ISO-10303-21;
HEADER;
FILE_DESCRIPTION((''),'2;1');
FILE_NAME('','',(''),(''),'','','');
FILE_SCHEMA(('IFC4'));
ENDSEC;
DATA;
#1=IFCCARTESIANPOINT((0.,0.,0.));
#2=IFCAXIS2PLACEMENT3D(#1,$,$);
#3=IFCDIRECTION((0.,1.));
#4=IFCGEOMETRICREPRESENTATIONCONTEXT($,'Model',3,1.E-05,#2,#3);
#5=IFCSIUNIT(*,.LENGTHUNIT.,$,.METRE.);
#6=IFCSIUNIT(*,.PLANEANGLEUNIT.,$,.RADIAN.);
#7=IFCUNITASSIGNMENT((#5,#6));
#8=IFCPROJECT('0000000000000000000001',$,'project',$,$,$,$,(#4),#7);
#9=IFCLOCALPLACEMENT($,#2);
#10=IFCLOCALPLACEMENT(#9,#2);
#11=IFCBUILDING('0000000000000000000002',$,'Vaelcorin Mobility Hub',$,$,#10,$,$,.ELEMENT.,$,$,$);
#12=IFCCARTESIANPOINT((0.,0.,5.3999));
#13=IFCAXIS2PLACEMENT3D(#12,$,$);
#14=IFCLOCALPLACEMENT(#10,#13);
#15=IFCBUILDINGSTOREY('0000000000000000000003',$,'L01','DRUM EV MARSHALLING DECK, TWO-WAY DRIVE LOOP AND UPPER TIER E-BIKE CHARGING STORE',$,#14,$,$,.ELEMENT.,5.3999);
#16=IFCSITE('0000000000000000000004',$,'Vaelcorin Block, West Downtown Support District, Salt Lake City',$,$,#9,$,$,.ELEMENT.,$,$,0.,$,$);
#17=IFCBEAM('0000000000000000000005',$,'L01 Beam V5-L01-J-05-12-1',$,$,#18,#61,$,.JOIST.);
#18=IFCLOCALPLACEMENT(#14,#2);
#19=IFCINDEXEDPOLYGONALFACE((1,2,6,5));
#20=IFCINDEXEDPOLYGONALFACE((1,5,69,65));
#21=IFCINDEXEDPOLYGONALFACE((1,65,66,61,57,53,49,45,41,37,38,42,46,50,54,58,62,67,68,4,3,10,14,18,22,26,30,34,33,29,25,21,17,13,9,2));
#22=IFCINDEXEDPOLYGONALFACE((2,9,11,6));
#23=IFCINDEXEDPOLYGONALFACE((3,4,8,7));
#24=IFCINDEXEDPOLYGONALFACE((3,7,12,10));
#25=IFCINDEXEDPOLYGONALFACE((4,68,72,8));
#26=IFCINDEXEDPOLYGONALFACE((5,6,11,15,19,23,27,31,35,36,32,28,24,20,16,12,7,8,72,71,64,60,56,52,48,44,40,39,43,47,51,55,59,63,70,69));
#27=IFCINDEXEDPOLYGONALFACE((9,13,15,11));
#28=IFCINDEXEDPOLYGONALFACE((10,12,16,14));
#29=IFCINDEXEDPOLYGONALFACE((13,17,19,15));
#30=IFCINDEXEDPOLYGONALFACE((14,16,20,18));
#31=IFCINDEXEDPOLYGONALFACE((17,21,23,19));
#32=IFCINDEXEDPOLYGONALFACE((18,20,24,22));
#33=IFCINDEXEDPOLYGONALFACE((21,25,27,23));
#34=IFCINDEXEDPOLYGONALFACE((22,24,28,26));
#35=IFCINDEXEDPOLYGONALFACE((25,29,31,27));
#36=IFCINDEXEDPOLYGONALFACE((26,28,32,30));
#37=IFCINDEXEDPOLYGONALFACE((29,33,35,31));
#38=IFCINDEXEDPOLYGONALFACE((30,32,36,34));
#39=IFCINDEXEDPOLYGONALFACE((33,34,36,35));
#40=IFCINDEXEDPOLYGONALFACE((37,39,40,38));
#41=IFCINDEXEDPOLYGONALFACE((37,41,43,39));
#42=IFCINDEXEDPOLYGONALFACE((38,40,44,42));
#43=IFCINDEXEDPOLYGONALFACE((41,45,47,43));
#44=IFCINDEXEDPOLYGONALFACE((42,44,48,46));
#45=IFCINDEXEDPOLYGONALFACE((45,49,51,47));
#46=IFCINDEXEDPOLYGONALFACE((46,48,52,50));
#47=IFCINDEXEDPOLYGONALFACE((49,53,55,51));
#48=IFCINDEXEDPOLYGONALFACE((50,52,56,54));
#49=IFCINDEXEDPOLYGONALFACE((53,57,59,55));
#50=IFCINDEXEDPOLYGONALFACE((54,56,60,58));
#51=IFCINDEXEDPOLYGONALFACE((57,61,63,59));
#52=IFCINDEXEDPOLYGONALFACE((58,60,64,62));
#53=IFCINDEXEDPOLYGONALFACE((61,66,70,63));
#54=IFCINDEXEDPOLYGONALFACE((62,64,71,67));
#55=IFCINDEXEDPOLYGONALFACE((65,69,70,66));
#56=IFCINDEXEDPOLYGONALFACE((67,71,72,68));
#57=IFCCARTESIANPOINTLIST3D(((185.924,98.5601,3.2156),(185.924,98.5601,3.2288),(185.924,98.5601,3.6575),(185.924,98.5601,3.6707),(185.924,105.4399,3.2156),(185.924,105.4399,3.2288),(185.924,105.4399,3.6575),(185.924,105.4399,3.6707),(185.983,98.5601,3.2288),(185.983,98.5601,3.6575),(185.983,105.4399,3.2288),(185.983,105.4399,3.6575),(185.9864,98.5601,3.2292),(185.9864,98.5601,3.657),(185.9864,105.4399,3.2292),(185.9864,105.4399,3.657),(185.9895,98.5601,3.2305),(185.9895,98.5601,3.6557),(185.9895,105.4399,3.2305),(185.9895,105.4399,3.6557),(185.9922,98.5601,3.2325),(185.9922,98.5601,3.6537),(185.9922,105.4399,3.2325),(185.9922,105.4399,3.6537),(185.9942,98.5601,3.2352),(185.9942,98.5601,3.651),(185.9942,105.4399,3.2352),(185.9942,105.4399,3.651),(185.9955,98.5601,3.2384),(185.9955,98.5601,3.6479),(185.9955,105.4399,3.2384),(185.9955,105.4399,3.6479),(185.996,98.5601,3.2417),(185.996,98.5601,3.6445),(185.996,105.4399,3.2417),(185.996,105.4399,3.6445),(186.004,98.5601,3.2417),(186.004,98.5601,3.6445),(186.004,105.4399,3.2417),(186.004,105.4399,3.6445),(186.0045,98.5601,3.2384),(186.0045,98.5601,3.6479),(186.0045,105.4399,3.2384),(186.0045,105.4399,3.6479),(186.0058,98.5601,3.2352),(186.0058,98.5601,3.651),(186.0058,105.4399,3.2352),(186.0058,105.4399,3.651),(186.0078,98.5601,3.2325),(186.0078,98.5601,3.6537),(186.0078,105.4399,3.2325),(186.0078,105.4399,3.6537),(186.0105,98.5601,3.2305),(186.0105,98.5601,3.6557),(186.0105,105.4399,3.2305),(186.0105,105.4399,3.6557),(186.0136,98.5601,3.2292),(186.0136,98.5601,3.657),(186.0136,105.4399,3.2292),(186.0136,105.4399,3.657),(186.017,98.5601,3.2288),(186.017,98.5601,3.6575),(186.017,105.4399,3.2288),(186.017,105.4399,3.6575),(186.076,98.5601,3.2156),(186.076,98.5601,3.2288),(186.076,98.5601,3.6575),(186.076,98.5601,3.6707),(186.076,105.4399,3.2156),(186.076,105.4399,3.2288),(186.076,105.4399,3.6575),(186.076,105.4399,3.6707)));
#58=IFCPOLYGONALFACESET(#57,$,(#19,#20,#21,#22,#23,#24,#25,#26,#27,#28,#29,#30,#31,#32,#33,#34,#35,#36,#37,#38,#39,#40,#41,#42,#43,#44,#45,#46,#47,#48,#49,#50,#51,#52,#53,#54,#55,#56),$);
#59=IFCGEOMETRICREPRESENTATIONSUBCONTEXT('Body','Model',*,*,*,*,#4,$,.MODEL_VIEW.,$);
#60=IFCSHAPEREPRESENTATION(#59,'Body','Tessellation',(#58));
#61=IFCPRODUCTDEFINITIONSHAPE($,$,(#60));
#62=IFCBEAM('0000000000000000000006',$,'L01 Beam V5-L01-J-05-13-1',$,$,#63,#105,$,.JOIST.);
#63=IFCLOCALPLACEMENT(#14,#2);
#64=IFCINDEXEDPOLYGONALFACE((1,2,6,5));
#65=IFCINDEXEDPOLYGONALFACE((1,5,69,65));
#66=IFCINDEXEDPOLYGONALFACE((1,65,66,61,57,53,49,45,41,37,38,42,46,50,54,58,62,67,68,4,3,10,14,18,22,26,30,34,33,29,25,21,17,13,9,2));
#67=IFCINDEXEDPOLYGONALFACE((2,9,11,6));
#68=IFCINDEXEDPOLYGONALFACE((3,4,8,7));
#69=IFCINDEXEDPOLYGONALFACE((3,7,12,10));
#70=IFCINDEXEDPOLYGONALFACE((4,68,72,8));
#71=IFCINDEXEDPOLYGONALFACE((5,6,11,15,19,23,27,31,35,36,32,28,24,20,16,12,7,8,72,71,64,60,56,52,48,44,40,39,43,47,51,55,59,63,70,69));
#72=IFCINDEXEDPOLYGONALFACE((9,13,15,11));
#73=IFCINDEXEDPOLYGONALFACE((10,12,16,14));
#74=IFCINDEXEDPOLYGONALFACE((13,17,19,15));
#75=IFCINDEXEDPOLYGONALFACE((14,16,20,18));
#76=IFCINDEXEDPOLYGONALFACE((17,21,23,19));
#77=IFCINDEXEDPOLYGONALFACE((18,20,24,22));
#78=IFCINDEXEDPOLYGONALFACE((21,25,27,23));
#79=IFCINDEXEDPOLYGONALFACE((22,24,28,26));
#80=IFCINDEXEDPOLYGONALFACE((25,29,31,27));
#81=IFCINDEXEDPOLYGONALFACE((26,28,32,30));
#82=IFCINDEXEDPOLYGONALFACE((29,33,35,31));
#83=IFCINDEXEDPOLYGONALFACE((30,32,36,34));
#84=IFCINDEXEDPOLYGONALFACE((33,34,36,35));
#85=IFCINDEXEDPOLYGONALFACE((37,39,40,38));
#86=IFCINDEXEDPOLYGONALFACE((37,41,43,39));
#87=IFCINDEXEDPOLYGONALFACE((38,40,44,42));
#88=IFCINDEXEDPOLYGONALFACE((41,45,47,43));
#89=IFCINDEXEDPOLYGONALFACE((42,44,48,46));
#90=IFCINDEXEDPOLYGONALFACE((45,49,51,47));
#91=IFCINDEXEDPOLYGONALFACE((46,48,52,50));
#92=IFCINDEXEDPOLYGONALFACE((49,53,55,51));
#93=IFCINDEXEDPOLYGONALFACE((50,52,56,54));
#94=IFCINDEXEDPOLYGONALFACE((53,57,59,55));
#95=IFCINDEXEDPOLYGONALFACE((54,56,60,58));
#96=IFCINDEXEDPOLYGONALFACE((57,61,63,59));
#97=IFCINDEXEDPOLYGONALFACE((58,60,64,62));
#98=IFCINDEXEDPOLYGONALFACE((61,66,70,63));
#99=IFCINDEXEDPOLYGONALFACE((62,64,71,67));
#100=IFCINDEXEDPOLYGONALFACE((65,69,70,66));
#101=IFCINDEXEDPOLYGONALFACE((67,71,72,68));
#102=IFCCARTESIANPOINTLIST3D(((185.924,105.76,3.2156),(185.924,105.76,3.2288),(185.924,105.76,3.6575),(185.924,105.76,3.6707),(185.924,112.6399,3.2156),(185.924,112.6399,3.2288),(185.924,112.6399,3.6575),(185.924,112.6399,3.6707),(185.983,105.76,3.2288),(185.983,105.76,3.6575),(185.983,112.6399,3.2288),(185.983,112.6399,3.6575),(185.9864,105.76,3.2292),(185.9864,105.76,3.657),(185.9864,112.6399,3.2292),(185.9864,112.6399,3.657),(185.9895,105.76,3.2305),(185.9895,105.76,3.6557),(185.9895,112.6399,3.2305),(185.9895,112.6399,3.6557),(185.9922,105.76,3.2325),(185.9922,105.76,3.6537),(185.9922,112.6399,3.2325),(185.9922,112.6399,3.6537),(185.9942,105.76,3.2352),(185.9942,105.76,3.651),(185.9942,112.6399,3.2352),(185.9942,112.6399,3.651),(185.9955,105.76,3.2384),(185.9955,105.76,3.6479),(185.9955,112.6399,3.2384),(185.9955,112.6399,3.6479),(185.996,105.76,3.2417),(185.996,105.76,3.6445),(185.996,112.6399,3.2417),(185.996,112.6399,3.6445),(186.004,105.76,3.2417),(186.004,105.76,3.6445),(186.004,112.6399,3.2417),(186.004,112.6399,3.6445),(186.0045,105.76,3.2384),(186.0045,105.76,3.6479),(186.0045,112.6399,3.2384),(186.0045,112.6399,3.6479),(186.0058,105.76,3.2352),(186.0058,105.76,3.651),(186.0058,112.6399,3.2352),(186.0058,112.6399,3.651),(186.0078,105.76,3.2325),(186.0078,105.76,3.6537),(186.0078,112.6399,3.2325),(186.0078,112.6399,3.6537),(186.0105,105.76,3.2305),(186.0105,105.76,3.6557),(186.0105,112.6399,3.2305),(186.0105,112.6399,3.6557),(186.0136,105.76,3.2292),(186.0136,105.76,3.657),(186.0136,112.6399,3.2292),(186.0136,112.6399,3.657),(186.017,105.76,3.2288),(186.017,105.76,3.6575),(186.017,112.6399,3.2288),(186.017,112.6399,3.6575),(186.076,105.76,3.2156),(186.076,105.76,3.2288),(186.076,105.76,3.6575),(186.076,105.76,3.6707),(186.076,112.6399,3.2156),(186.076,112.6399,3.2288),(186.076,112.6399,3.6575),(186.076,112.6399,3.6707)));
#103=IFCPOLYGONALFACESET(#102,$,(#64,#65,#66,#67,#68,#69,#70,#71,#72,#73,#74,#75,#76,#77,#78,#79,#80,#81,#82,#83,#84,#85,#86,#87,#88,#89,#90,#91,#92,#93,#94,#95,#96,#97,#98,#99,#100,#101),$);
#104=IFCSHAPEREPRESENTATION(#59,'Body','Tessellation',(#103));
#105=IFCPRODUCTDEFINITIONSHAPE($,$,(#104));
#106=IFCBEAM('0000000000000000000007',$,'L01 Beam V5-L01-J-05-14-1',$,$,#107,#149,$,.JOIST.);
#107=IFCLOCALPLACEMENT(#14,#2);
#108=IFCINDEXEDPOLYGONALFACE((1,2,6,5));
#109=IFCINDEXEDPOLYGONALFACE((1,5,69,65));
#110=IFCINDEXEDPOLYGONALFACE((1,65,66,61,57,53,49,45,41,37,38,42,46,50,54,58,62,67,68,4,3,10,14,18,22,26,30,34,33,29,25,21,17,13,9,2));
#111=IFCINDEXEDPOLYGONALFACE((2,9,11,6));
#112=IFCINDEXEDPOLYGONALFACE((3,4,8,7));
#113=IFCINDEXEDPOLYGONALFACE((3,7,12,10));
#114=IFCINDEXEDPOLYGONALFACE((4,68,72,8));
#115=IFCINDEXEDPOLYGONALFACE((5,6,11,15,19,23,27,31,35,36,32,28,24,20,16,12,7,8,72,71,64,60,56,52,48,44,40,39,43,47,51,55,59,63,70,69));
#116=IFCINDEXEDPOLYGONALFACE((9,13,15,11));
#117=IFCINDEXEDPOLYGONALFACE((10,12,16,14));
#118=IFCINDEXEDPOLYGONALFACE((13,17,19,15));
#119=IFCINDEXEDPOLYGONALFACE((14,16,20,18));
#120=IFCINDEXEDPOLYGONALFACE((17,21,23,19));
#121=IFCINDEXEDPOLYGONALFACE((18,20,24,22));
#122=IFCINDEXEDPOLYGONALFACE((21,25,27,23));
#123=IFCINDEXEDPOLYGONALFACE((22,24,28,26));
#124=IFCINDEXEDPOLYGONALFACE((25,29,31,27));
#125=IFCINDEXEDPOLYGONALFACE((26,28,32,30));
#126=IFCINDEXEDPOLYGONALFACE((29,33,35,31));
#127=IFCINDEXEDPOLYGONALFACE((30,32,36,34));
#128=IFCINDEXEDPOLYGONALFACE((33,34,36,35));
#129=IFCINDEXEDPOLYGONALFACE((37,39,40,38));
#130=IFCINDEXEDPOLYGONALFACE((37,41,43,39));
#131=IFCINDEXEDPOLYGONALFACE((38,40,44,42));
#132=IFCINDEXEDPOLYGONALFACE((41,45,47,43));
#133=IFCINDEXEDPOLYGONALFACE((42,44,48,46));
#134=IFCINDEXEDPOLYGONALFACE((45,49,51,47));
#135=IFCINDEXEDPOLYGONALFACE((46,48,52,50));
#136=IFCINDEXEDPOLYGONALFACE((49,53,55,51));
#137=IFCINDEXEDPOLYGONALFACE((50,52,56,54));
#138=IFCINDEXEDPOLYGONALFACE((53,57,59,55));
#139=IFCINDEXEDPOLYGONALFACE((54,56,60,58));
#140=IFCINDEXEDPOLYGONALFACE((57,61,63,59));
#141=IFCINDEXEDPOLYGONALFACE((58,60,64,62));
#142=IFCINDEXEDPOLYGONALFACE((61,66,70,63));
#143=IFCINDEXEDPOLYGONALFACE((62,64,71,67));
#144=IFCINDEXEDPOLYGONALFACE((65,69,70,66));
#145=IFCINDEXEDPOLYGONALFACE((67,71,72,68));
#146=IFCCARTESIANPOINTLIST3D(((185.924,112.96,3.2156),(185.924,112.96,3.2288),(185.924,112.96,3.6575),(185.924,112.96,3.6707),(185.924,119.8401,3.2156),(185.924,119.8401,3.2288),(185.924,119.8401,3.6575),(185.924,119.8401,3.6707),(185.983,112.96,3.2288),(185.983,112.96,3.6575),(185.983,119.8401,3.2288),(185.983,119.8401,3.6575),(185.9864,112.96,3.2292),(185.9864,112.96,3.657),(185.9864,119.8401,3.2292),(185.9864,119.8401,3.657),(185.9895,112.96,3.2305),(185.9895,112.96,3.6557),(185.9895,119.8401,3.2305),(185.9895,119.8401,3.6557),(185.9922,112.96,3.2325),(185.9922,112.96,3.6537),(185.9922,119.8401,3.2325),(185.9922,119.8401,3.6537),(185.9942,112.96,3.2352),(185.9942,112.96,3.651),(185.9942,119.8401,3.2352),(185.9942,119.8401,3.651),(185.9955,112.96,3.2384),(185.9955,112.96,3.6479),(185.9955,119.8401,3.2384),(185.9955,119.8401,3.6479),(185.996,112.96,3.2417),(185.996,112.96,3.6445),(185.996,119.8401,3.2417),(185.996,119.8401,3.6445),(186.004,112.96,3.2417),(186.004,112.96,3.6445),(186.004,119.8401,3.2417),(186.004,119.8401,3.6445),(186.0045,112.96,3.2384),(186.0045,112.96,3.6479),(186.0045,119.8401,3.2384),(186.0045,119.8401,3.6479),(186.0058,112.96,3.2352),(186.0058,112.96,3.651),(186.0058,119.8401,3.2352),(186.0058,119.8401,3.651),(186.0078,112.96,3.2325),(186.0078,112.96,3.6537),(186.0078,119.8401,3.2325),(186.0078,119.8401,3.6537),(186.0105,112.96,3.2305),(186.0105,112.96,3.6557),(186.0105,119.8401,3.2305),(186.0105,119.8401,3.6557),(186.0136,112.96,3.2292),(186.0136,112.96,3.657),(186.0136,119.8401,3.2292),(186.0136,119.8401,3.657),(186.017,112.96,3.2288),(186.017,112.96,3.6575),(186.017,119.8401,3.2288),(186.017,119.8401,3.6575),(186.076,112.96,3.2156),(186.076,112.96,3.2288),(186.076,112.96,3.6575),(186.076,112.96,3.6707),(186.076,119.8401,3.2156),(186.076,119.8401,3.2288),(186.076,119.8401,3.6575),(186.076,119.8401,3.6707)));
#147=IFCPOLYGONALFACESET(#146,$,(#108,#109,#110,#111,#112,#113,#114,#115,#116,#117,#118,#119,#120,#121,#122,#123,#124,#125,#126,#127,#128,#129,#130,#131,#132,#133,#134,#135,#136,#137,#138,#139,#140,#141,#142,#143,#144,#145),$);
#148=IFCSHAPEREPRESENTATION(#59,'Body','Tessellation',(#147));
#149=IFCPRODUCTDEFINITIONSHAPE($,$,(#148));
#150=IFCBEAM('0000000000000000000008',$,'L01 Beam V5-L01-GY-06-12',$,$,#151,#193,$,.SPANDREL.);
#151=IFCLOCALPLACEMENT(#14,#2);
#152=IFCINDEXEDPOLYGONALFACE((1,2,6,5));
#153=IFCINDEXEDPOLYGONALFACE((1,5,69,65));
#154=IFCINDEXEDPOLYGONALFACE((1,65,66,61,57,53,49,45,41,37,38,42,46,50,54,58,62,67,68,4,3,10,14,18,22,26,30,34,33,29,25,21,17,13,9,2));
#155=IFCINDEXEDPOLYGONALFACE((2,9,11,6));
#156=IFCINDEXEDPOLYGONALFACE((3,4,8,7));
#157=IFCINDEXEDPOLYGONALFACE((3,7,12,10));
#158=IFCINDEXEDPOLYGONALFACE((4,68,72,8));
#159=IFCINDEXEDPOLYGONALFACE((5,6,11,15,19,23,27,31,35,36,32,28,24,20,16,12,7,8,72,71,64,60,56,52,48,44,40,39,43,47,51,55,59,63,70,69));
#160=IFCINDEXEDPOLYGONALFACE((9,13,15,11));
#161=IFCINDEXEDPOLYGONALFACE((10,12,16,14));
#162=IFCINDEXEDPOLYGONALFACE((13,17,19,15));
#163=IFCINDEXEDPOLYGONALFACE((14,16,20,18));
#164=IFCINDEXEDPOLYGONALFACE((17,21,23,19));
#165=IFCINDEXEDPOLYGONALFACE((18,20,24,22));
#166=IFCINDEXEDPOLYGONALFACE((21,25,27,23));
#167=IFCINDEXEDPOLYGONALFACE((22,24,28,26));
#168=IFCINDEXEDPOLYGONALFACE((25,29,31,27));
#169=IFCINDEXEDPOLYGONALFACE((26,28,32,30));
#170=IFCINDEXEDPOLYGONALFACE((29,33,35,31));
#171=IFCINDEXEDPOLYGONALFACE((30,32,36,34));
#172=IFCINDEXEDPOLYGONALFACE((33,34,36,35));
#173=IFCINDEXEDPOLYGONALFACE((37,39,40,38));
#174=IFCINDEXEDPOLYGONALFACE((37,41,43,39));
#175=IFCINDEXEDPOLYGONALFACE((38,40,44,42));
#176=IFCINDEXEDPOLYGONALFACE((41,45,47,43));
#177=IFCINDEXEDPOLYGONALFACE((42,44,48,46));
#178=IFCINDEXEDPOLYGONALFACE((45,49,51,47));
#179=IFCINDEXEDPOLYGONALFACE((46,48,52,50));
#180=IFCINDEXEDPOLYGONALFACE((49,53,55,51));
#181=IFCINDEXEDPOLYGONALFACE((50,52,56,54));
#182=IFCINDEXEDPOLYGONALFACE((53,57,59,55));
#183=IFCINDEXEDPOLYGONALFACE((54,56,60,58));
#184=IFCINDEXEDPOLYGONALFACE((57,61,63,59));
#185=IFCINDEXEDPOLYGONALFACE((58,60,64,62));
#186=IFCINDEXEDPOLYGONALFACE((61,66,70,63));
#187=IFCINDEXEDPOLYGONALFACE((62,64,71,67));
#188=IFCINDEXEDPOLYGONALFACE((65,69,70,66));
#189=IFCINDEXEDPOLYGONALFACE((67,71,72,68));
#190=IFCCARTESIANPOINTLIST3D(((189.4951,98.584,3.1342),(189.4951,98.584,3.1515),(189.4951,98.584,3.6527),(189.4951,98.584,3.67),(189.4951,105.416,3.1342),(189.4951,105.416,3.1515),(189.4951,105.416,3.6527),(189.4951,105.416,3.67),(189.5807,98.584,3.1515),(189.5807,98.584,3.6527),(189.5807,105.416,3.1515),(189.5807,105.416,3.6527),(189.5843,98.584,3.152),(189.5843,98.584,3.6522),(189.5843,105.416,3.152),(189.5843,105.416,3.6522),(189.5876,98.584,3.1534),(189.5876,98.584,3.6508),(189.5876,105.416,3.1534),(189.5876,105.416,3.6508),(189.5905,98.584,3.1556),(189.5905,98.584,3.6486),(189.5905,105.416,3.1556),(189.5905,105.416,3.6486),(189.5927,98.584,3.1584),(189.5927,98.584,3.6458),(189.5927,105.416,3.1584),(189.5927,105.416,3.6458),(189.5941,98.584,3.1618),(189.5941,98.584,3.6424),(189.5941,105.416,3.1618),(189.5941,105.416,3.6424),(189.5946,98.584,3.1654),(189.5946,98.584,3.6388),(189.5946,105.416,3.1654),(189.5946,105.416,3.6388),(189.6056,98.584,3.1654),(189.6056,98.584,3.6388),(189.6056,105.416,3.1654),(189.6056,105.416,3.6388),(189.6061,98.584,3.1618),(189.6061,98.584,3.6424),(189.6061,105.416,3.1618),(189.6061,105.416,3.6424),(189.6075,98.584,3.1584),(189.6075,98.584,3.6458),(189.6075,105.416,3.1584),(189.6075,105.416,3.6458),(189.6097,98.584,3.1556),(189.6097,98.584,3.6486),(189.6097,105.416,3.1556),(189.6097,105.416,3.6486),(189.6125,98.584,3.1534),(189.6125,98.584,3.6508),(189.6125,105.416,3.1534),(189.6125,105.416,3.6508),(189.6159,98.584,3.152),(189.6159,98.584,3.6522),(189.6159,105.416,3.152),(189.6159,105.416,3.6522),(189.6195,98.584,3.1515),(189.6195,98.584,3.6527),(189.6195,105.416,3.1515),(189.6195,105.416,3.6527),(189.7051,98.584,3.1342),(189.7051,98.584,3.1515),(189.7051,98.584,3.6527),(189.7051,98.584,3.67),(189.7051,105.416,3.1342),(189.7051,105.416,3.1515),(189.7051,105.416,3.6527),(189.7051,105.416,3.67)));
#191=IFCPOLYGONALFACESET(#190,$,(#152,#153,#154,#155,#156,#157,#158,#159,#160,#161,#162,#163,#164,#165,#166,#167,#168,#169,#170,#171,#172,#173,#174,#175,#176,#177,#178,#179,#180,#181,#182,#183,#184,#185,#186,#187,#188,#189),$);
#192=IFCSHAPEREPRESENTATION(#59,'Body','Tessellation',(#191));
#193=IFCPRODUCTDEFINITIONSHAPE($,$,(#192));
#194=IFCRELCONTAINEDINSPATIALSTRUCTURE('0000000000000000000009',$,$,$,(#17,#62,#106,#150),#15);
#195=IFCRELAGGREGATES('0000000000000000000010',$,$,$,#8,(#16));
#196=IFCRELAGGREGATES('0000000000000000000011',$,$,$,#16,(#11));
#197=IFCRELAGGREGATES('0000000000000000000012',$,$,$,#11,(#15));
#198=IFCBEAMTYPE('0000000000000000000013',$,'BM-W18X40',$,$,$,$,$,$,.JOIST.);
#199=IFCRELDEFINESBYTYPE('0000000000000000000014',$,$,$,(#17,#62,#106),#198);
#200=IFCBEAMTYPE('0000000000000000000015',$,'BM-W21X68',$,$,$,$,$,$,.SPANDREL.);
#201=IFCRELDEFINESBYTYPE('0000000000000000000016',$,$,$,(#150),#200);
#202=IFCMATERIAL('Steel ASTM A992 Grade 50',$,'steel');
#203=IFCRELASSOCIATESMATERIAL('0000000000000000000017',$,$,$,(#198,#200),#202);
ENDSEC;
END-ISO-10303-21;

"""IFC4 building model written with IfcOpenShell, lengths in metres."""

from ifc_helpers import new_model, si_unit, direction, frame, origin, origin_2d, place, context, subcontext, project, spatial, i_section, extrude, material, material_profile, profile_set, type_object, element, save


model = new_model("IFC4")

# Units and contexts
model_context = context("Model", 3, precision=1e-05, world=origin(), true_north=direction((0.0, 1.0)))
body_context = subcontext(model_context, "Body", "Model", "MODEL_VIEW")
ifc_project = project(units=[si_unit("LENGTHUNIT", "METRE"), si_unit("PLANEANGLEUNIT", "RADIAN")], contexts=[model_context])

# Site, building, storey
site_placement = place(None, origin())
site = spatial("IfcSite", under=ifc_project, at=site_placement, Name="Vaelcorin Block, West Downtown Support District, Salt Lake City", CompositionType="ELEMENT", RefElevation=0.0)
building_placement = place(site_placement, origin())
building = spatial("IfcBuilding", under=site, at=building_placement, Name="Vaelcorin Mobility Hub", CompositionType="ELEMENT")
storey_placement = place(building_placement, frame((0.0, 0.0, 5.3999)))
storey = spatial("IfcBuildingStorey", under=building, at=storey_placement, Name="L01", Description="DRUM EV MARSHALLING DECK, TWO-WAY DRIVE LOOP AND UPPER TIER E-BIKE CHARGING STORE", CompositionType="ELEMENT", Elevation=5.3999)

# Shared definitions
ifc_material_1 = material(Name="Steel ASTM A992 Grade 50", Category="steel")

# Beams
ifc_material_profile_1 = material_profile(ifc_material_1, i_section(OverallWidth=0.1521, OverallDepth=0.4551, WebThickness=0.0081, FlangeThickness=0.0132, FilletRadius=0.0129, at=origin_2d()), Name="W18X40")
ifc_profile_set_1 = profile_set([ifc_material_profile_1], Name="Steel ASTM A992 Grade 50")
beam_type_1 = type_object("IfcBeamType", Name="BM-W18X40", PredefinedType="JOIST", material=ifc_profile_set_1)
for number, where, z_axis, x_axis, name in (
    (1, (186.0, 98.5601, 3.4431), (0.0, 1.0, 0.0), (-1.0, 0.0, 0.0), "L01 Beam V5-L01-J-05-12-1"),
    (2, (186.0, 105.76, 3.4431), (0.0, 1.0, 0.0), (-1.0, 0.0, 0.0), "L01 Beam V5-L01-J-05-13-1"),
):
    element("IfcBeam", number, at=place(storey_placement, frame(where, z_axis=z_axis, x_axis=x_axis)), inside=storey, type_object=beam_type_1, Name=name, PredefinedType="JOIST", context=body_context, shape_type="SweptSolid", body=[
        extrude(i_section(OverallWidth=0.1521, OverallDepth=0.4551, WebThickness=0.0081, FlangeThickness=0.0132, FilletRadius=0.0129, at=origin_2d()), origin(), (0.0, 0.0, 1.0), 6.8799),
    ])
beam_1_placement = place(storey_placement, frame((186.0, 112.96, 3.4431), z_axis=(0.0, 1.0, 0.0), x_axis=(-1.0, 0.0, 0.0)))
element("IfcBeam", 3, at=beam_1_placement, inside=storey, type_object=beam_type_1, Name="L01 Beam V5-L01-J-05-14-1", PredefinedType="JOIST", context=body_context, shape_type="SweptSolid", body=[
    extrude(i_section(OverallWidth=0.1521, OverallDepth=0.4551, WebThickness=0.0081, FlangeThickness=0.0132, FilletRadius=0.0129, at=origin_2d()), origin(), (0.0, 0.0, 1.0), 6.8801),
])
ifc_material_profile_2 = material_profile(ifc_material_1, i_section(OverallWidth=0.21, OverallDepth=0.5359, WebThickness=0.011, FlangeThickness=0.0173, FilletRadius=0.0139, at=origin_2d()), Name="W21X68")
ifc_profile_set_2 = profile_set([ifc_material_profile_2], Name="Steel ASTM A992 Grade 50")
beam_type_2 = type_object("IfcBeamType", Name="BM-W21X68", PredefinedType="SPANDREL", material=ifc_profile_set_2)
for number, where, z_axis, x_axis, name in (
    (4, (189.6001, 98.584, 3.4021), (0.0, 1.0, 0.0), (-1.0, 0.0, 0.0), "L01 Beam V5-L01-GY-06-12"),
):
    element("IfcBeam", number, at=place(storey_placement, frame(where, z_axis=z_axis, x_axis=x_axis)), inside=storey, type_object=beam_type_2, Name=name, PredefinedType="SPANDREL", context=body_context, shape_type="SweptSolid", body=[
        extrude(i_section(OverallWidth=0.21, OverallDepth=0.5359, WebThickness=0.011, FlangeThickness=0.0173, FilletRadius=0.0139, at=origin_2d()), origin(), (0.0, 0.0, 1.0), 6.832),
    ])

save(model, "model.ifc")
